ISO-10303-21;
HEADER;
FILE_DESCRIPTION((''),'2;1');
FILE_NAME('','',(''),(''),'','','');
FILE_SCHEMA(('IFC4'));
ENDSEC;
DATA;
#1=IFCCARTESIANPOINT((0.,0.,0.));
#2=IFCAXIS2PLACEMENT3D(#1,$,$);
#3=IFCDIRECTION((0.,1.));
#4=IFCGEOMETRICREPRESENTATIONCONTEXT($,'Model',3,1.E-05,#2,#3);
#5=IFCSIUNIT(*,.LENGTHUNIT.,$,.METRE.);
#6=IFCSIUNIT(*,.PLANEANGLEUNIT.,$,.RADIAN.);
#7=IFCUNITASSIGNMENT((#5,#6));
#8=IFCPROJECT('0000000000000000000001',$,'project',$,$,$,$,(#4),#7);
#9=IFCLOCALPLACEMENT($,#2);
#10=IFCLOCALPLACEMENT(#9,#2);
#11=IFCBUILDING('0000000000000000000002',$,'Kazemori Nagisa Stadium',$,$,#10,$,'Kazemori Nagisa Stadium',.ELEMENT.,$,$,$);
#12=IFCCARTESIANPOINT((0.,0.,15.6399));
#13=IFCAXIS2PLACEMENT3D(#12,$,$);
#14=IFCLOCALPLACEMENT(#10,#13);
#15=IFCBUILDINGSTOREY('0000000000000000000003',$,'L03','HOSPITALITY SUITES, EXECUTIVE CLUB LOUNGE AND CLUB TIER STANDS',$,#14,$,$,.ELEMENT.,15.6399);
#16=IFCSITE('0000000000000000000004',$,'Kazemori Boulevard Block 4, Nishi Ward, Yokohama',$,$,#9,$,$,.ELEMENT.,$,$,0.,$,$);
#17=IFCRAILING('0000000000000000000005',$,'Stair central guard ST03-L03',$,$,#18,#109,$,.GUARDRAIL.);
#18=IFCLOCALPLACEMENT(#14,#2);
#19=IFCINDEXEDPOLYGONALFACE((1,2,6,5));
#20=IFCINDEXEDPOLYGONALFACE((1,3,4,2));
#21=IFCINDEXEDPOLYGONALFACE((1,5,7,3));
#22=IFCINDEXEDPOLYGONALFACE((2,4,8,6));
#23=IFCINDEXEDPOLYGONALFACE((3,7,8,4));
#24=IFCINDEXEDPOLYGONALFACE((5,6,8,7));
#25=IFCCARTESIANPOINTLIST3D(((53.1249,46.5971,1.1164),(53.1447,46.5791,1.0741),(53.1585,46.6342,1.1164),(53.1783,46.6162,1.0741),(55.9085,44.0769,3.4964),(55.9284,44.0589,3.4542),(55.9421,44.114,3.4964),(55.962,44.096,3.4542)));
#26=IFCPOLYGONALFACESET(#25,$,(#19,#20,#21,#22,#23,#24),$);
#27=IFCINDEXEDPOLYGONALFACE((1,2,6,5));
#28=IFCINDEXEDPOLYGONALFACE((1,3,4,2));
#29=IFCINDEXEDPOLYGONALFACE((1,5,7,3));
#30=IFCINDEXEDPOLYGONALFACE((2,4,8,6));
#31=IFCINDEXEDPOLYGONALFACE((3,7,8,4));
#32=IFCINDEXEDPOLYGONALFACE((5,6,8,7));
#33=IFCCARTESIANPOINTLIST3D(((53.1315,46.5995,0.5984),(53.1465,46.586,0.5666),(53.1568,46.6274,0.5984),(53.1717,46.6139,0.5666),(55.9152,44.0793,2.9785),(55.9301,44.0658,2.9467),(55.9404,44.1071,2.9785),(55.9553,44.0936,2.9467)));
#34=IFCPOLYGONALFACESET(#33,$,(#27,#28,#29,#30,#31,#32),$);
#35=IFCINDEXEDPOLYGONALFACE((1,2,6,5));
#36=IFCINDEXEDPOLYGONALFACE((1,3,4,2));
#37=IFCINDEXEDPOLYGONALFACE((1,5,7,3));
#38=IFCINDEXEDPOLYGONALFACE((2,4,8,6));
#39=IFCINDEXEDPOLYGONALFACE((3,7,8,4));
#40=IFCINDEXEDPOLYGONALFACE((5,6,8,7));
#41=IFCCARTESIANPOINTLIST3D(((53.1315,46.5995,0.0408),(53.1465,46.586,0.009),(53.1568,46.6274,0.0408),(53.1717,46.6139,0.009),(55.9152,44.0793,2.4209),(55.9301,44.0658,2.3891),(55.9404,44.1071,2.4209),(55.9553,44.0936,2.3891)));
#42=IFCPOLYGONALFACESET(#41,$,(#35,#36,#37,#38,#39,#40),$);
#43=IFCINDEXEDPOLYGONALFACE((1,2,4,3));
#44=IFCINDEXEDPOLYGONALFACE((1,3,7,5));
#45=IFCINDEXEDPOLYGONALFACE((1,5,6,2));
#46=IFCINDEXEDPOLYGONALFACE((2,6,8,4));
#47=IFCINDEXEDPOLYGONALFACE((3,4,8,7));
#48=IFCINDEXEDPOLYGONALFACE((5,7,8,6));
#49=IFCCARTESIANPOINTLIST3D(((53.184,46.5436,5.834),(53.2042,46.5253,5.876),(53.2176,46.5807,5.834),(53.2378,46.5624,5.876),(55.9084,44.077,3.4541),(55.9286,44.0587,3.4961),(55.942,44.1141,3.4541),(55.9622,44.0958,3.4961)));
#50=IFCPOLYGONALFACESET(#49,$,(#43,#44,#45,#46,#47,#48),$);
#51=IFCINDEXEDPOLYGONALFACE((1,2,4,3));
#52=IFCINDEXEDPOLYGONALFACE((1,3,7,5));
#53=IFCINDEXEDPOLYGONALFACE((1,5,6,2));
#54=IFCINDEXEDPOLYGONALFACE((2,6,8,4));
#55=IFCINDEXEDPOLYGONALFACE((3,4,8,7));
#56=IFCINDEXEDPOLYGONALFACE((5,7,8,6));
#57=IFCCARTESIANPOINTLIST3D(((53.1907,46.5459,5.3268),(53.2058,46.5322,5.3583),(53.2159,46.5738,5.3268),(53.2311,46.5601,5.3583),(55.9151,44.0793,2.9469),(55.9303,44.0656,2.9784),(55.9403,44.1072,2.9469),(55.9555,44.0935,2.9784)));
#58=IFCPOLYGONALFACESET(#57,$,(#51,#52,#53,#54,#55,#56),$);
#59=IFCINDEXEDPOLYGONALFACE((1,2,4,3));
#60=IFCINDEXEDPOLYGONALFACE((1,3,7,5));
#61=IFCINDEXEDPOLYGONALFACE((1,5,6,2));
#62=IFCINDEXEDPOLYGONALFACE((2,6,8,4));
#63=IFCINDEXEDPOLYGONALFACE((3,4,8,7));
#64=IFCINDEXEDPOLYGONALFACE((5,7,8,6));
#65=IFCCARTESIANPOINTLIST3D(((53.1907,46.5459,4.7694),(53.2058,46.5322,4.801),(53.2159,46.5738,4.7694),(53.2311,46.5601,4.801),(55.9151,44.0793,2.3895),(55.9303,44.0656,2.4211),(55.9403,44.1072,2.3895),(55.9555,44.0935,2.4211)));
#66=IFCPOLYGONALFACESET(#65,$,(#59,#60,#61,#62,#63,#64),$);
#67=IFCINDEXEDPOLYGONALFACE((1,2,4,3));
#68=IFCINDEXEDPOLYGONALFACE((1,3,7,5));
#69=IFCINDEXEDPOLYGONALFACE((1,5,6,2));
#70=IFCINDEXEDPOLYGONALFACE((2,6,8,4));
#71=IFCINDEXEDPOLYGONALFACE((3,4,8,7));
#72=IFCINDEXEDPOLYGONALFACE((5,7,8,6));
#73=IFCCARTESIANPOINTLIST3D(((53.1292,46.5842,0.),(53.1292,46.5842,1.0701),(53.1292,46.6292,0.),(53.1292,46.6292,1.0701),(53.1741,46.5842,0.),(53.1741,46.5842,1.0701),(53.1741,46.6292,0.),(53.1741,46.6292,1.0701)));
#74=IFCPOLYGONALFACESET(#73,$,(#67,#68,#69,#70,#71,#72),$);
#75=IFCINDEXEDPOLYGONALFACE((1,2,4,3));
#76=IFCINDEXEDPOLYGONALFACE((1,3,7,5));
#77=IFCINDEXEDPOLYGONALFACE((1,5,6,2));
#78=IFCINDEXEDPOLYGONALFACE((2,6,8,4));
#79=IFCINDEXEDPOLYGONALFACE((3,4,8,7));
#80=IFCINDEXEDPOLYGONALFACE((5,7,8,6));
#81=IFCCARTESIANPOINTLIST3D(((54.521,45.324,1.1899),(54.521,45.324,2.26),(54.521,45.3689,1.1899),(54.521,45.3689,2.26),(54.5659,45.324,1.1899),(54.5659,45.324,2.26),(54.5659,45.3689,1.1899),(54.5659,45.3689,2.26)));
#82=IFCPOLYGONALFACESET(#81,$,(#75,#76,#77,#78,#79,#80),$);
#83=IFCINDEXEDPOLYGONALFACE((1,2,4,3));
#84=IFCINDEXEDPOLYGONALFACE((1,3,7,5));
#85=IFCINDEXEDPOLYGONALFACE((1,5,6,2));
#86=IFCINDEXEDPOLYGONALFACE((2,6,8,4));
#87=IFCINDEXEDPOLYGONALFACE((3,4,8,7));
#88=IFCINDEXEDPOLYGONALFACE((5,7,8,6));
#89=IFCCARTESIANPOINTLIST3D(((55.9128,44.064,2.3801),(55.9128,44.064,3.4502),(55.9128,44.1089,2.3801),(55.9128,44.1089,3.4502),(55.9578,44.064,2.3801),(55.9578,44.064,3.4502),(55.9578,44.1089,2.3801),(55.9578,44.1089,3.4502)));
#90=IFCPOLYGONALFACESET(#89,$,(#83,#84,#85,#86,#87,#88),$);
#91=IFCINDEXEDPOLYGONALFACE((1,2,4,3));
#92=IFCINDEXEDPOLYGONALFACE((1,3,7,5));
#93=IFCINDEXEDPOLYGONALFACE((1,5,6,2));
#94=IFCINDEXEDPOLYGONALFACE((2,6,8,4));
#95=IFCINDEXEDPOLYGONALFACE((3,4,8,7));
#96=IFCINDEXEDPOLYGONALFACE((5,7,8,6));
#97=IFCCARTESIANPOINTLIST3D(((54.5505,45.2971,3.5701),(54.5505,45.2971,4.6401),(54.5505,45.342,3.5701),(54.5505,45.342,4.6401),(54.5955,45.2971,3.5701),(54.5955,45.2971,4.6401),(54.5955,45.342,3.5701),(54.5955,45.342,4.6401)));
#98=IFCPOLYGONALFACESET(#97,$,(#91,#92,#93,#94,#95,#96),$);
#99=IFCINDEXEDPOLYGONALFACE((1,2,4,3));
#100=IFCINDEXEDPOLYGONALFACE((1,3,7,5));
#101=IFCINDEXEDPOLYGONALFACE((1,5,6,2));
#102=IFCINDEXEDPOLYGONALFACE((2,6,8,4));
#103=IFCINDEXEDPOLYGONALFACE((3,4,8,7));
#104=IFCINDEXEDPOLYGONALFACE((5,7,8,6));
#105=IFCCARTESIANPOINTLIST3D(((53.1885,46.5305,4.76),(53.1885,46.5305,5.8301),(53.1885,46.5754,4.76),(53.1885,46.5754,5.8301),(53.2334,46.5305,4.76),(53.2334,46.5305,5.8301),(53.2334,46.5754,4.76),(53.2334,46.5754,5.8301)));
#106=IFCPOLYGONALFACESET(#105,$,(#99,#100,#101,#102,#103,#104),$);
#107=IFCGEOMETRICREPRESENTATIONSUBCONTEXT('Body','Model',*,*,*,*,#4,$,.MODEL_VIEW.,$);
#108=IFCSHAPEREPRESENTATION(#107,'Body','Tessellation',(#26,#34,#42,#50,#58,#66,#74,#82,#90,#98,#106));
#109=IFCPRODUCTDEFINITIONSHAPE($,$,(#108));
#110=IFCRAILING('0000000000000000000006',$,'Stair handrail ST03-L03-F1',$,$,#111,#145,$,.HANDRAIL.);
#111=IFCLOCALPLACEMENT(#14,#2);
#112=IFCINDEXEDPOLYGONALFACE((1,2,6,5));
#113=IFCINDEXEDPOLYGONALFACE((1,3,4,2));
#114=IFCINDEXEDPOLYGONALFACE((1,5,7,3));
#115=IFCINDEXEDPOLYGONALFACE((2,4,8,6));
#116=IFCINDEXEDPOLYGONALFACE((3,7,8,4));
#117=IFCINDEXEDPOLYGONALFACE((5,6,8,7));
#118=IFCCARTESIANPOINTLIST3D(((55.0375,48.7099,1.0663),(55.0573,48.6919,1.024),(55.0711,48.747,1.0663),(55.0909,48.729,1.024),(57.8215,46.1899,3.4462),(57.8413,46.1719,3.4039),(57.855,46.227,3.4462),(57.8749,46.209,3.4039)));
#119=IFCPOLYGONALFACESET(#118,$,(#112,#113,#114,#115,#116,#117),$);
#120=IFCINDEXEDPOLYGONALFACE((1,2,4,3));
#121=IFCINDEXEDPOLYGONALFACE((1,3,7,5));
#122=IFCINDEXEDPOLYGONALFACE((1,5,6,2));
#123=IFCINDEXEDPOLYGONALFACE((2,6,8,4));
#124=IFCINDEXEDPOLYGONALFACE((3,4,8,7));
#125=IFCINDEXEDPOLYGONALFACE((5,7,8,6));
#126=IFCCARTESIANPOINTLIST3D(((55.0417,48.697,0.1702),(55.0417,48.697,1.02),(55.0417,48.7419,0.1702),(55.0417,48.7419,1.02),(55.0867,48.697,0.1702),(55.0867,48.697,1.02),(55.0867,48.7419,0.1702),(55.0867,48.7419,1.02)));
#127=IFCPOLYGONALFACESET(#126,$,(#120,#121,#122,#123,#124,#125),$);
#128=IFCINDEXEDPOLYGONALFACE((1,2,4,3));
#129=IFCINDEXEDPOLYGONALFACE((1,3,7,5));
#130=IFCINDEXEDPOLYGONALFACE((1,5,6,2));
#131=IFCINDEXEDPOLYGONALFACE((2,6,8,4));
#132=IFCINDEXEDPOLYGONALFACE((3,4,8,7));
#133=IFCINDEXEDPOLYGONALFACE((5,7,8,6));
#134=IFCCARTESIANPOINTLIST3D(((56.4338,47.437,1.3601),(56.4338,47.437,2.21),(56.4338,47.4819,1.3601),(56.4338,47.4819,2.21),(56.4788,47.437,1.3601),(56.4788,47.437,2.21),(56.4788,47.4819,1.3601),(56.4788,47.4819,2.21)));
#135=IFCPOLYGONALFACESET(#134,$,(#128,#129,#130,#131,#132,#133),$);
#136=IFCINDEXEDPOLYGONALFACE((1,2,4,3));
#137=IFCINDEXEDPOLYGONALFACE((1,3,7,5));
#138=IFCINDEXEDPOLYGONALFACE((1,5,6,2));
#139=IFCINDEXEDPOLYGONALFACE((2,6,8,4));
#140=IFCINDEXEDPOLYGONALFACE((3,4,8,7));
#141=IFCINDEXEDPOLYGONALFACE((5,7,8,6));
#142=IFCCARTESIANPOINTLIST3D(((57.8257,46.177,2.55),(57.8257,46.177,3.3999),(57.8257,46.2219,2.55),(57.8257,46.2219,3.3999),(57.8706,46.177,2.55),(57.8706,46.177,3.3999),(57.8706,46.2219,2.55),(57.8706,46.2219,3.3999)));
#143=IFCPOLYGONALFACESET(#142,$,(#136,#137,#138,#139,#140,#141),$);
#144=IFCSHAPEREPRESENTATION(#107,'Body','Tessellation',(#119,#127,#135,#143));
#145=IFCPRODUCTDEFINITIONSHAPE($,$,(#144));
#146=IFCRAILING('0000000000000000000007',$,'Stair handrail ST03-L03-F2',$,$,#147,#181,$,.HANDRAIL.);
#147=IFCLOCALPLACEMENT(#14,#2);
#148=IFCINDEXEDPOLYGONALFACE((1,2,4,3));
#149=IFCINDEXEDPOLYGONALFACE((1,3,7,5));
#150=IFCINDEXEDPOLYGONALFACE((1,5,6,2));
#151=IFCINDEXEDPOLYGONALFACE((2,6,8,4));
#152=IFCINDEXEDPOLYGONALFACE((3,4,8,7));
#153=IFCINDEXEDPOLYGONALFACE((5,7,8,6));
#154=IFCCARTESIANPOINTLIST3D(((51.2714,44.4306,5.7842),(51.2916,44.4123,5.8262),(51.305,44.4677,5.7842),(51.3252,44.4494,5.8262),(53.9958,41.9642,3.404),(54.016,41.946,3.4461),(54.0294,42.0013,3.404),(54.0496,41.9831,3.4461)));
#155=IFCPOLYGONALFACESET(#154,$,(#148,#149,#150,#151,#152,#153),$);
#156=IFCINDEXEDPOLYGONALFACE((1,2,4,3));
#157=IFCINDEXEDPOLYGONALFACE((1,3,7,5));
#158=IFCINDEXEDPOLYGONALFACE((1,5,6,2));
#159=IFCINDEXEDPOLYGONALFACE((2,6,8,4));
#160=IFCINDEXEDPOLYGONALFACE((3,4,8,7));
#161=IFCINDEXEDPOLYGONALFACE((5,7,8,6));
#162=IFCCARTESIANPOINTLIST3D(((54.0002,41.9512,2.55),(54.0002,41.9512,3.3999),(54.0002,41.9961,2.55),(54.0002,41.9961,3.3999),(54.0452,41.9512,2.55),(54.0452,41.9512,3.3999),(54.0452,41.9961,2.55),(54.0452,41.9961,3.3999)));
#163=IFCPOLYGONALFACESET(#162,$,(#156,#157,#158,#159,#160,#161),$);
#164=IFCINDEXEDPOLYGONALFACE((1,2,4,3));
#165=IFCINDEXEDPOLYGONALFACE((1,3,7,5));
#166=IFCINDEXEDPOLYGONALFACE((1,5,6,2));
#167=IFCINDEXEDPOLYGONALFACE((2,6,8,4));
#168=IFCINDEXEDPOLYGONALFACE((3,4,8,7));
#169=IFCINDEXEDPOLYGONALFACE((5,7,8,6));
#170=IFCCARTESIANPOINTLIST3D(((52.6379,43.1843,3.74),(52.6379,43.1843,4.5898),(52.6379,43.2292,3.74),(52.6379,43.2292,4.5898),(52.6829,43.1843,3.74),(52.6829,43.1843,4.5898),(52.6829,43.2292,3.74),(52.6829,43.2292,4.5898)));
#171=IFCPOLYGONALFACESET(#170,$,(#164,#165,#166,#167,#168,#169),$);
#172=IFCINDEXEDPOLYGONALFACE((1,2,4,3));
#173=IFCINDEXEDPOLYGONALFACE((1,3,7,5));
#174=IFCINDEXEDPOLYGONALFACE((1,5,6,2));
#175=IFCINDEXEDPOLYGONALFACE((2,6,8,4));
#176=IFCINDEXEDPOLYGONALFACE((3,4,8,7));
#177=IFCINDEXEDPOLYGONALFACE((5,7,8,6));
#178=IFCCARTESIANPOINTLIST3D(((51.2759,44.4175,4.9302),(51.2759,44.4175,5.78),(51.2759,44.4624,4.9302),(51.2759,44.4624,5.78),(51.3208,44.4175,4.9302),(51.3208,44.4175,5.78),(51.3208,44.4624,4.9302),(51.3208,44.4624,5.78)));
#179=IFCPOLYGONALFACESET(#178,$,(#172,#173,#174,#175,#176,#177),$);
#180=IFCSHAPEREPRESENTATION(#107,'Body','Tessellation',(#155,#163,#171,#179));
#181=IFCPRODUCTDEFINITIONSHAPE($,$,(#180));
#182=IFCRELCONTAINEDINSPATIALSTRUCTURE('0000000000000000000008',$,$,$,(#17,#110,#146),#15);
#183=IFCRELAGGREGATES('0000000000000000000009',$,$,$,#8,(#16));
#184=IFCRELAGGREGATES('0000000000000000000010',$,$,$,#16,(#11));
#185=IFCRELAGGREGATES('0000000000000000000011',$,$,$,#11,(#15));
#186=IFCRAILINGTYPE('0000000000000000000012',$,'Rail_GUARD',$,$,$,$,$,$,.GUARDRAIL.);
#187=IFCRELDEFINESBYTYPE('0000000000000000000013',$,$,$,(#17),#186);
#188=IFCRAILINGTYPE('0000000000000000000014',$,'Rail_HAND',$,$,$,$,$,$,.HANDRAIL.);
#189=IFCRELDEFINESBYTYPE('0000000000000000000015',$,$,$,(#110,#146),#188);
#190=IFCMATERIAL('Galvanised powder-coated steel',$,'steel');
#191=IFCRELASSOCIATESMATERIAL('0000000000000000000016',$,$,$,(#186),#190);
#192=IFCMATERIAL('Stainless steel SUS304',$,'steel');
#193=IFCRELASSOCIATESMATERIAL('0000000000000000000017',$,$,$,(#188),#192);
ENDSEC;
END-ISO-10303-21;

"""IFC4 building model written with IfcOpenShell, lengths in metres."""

from ifc_helpers import new_model, si_unit, direction, frame, origin, origin_2d, place, context, subcontext, project, spatial, rectangle, extrude, material, type_object, element, save


model = new_model("IFC4")

# Units and contexts
model_context = context("Model", 3, precision=1e-05, world=origin(), true_north=direction((0.0, 1.0)))
body_context = subcontext(model_context, "Body", "Model", "MODEL_VIEW")
ifc_project = project(units=[si_unit("LENGTHUNIT", "METRE"), si_unit("PLANEANGLEUNIT", "RADIAN")], contexts=[model_context])

# Site, building, storey
site_placement = place(None, origin())
site = spatial("IfcSite", under=ifc_project, at=site_placement, Name="Kazemori Boulevard Block 4, Nishi Ward, Yokohama", CompositionType="ELEMENT", RefElevation=0.0)
building_placement = place(site_placement, origin())
building = spatial("IfcBuilding", under=site, at=building_placement, Name="Kazemori Nagisa Stadium", LongName="Kazemori Nagisa Stadium", CompositionType="ELEMENT")
storey_placement = place(building_placement, frame((0.0, 0.0, 15.6399)))
storey = spatial("IfcBuildingStorey", under=building, at=storey_placement, Name="L03", Description="HOSPITALITY SUITES, EXECUTIVE CLUB LOUNGE AND CLUB TIER STANDS", CompositionType="ELEMENT", Elevation=15.6399)

# Railings
ifc_material_1 = material(Name="Galvanised powder-coated steel", Category="steel")
railing_type_1 = type_object("IfcRailingType", Name="Rail_GUARD", PredefinedType="GUARDRAIL", material=ifc_material_1)
railing_1_placement = place(storey_placement, frame((53.1516, 46.6067, 0.0)))
element("IfcRailing", 1, at=railing_1_placement, inside=storey, type_object=railing_type_1, Name="Stair central guard ST03-L03", PredefinedType="GUARDRAIL", context=body_context, shape_type="SweptSolid", body=[
    extrude(rectangle(XDim=0.05, YDim=0.05, at=origin_2d()), frame((0.0, 0.0, 1.0952), z_axis=(0.626131, -0.566879, 0.535358), x_axis=(0.67116, 0.741312, 0.0)), (0.0, 0.0, 1.0), 4.4458),
    extrude(rectangle(XDim=0.0376, YDim=0.0376, at=origin_2d()), frame((0.0, 0.0, 0.5825), z_axis=(0.626131, -0.566879, 0.535358), x_axis=(0.67116, 0.741312, 0.0)), (0.0, 0.0, 1.0), 4.4458),
    extrude(rectangle(XDim=0.0376, YDim=0.0376, at=origin_2d()), frame((0.0, 0.0, 0.0249), z_axis=(0.626131, -0.566879, 0.535358), x_axis=(0.67116, 0.741312, 0.0)), (0.0, 0.0, 1.0), 4.4458),
    extrude(rectangle(XDim=0.05, YDim=0.05, at=origin_2d()), frame((2.7837, -2.5203, 3.4751), z_axis=(-0.622237, 0.563353, 0.543558), x_axis=(-0.67116, -0.741312, 0.0)), (0.0, 0.0, 1.0), 4.3784),
    extrude(rectangle(XDim=0.0376, YDim=0.0376, at=origin_2d()), frame((2.7837, -2.5203, 2.9626), z_axis=(-0.622237, 0.563353, 0.543558), x_axis=(-0.67116, -0.741312, 0.0)), (0.0, 0.0, 1.0), 4.3784),
    extrude(rectangle(XDim=0.0376, YDim=0.0376, at=origin_2d()), frame((2.7837, -2.5203, 2.4053), z_axis=(-0.622237, 0.563353, 0.543558), x_axis=(-0.67116, -0.741312, 0.0)), (0.0, 0.0, 1.0), 4.3784),
    extrude(rectangle(XDim=0.0449, YDim=0.0449, at=origin_2d()), origin(), (0.0, 0.0, 1.0), 1.0701),
    extrude(rectangle(XDim=0.0449, YDim=0.0449, at=origin_2d()), frame((1.3918, -1.2603, 1.1899)), (0.0, 0.0, 1.0), 1.0701),
    extrude(rectangle(XDim=0.0449, YDim=0.0449, at=origin_2d()), frame((2.7837, -2.5203, 2.3801)), (0.0, 0.0, 1.0), 1.0701),
    extrude(rectangle(XDim=0.0449, YDim=0.0449, at=origin_2d()), frame((1.4214, -1.2871, 3.5701)), (0.0, 0.0, 1.0), 1.0701),
    extrude(rectangle(XDim=0.0449, YDim=0.0449, at=origin_2d()), frame((0.0593, -0.0537, 4.76)), (0.0, 0.0, 1.0), 1.0701),
])
ifc_material_2 = material(Name="Stainless steel SUS304", Category="steel")
railing_type_2 = type_object("IfcRailingType", Name="Rail_HAND", PredefinedType="HANDRAIL", material=ifc_material_2)
railing_2_placement = place(storey_placement, frame((55.0642, 48.7195, 0.1702)))
element("IfcRailing", 2, at=railing_2_placement, inside=storey, type_object=railing_type_2, Name="Stair handrail ST03-L03-F1", PredefinedType="HANDRAIL", context=body_context, shape_type="SweptSolid", body=[
    extrude(rectangle(XDim=0.05, YDim=0.05, at=origin_2d()), frame((0.0, 0.0, 0.875), z_axis=(0.626202, -0.566839, 0.535317), x_axis=(0.671092, 0.741374, 0.0)), (0.0, 0.0, 1.0), 4.4458),
    extrude(rectangle(XDim=0.0449, YDim=0.0449, at=origin_2d()), origin(), (0.0, 0.0, 1.0), 0.8499),
    extrude(rectangle(XDim=0.0449, YDim=0.0449, at=origin_2d()), frame((1.3921, -1.26, 1.1899)), (0.0, 0.0, 1.0), 0.8499),
    extrude(rectangle(XDim=0.0449, YDim=0.0449, at=origin_2d()), frame((2.7839, -2.52, 2.3799)), (0.0, 0.0, 1.0), 0.8499),
])
railing_3_placement = place(storey_placement, frame((54.0227, 41.9736, 2.55)))
element("IfcRailing", 3, at=railing_3_placement, inside=storey, type_object=railing_type_2, Name="Stair handrail ST03-L03-F2", PredefinedType="HANDRAIL", context=body_context, shape_type="SweptSolid", body=[
    extrude(rectangle(XDim=0.05, YDim=0.05, at=origin_2d()), frame((0.0, 0.0, 0.875), z_axis=(-0.622237, 0.563298, 0.543614), x_axis=(-0.671124, -0.741345, 0.0)), (0.0, 0.0, 1.0), 4.3784),
    extrude(rectangle(XDim=0.0449, YDim=0.0449, at=origin_2d()), origin(), (0.0, 0.0, 1.0), 0.8499),
    extrude(rectangle(XDim=0.0449, YDim=0.0449, at=origin_2d()), frame((-1.3623, 1.2332, 1.1899)), (0.0, 0.0, 1.0), 0.8499),
    extrude(rectangle(XDim=0.0449, YDim=0.0449, at=origin_2d()), frame((-2.7244, 2.4663, 2.3801)), (0.0, 0.0, 1.0), 0.8499),
])

save(model, "model.ifc")
